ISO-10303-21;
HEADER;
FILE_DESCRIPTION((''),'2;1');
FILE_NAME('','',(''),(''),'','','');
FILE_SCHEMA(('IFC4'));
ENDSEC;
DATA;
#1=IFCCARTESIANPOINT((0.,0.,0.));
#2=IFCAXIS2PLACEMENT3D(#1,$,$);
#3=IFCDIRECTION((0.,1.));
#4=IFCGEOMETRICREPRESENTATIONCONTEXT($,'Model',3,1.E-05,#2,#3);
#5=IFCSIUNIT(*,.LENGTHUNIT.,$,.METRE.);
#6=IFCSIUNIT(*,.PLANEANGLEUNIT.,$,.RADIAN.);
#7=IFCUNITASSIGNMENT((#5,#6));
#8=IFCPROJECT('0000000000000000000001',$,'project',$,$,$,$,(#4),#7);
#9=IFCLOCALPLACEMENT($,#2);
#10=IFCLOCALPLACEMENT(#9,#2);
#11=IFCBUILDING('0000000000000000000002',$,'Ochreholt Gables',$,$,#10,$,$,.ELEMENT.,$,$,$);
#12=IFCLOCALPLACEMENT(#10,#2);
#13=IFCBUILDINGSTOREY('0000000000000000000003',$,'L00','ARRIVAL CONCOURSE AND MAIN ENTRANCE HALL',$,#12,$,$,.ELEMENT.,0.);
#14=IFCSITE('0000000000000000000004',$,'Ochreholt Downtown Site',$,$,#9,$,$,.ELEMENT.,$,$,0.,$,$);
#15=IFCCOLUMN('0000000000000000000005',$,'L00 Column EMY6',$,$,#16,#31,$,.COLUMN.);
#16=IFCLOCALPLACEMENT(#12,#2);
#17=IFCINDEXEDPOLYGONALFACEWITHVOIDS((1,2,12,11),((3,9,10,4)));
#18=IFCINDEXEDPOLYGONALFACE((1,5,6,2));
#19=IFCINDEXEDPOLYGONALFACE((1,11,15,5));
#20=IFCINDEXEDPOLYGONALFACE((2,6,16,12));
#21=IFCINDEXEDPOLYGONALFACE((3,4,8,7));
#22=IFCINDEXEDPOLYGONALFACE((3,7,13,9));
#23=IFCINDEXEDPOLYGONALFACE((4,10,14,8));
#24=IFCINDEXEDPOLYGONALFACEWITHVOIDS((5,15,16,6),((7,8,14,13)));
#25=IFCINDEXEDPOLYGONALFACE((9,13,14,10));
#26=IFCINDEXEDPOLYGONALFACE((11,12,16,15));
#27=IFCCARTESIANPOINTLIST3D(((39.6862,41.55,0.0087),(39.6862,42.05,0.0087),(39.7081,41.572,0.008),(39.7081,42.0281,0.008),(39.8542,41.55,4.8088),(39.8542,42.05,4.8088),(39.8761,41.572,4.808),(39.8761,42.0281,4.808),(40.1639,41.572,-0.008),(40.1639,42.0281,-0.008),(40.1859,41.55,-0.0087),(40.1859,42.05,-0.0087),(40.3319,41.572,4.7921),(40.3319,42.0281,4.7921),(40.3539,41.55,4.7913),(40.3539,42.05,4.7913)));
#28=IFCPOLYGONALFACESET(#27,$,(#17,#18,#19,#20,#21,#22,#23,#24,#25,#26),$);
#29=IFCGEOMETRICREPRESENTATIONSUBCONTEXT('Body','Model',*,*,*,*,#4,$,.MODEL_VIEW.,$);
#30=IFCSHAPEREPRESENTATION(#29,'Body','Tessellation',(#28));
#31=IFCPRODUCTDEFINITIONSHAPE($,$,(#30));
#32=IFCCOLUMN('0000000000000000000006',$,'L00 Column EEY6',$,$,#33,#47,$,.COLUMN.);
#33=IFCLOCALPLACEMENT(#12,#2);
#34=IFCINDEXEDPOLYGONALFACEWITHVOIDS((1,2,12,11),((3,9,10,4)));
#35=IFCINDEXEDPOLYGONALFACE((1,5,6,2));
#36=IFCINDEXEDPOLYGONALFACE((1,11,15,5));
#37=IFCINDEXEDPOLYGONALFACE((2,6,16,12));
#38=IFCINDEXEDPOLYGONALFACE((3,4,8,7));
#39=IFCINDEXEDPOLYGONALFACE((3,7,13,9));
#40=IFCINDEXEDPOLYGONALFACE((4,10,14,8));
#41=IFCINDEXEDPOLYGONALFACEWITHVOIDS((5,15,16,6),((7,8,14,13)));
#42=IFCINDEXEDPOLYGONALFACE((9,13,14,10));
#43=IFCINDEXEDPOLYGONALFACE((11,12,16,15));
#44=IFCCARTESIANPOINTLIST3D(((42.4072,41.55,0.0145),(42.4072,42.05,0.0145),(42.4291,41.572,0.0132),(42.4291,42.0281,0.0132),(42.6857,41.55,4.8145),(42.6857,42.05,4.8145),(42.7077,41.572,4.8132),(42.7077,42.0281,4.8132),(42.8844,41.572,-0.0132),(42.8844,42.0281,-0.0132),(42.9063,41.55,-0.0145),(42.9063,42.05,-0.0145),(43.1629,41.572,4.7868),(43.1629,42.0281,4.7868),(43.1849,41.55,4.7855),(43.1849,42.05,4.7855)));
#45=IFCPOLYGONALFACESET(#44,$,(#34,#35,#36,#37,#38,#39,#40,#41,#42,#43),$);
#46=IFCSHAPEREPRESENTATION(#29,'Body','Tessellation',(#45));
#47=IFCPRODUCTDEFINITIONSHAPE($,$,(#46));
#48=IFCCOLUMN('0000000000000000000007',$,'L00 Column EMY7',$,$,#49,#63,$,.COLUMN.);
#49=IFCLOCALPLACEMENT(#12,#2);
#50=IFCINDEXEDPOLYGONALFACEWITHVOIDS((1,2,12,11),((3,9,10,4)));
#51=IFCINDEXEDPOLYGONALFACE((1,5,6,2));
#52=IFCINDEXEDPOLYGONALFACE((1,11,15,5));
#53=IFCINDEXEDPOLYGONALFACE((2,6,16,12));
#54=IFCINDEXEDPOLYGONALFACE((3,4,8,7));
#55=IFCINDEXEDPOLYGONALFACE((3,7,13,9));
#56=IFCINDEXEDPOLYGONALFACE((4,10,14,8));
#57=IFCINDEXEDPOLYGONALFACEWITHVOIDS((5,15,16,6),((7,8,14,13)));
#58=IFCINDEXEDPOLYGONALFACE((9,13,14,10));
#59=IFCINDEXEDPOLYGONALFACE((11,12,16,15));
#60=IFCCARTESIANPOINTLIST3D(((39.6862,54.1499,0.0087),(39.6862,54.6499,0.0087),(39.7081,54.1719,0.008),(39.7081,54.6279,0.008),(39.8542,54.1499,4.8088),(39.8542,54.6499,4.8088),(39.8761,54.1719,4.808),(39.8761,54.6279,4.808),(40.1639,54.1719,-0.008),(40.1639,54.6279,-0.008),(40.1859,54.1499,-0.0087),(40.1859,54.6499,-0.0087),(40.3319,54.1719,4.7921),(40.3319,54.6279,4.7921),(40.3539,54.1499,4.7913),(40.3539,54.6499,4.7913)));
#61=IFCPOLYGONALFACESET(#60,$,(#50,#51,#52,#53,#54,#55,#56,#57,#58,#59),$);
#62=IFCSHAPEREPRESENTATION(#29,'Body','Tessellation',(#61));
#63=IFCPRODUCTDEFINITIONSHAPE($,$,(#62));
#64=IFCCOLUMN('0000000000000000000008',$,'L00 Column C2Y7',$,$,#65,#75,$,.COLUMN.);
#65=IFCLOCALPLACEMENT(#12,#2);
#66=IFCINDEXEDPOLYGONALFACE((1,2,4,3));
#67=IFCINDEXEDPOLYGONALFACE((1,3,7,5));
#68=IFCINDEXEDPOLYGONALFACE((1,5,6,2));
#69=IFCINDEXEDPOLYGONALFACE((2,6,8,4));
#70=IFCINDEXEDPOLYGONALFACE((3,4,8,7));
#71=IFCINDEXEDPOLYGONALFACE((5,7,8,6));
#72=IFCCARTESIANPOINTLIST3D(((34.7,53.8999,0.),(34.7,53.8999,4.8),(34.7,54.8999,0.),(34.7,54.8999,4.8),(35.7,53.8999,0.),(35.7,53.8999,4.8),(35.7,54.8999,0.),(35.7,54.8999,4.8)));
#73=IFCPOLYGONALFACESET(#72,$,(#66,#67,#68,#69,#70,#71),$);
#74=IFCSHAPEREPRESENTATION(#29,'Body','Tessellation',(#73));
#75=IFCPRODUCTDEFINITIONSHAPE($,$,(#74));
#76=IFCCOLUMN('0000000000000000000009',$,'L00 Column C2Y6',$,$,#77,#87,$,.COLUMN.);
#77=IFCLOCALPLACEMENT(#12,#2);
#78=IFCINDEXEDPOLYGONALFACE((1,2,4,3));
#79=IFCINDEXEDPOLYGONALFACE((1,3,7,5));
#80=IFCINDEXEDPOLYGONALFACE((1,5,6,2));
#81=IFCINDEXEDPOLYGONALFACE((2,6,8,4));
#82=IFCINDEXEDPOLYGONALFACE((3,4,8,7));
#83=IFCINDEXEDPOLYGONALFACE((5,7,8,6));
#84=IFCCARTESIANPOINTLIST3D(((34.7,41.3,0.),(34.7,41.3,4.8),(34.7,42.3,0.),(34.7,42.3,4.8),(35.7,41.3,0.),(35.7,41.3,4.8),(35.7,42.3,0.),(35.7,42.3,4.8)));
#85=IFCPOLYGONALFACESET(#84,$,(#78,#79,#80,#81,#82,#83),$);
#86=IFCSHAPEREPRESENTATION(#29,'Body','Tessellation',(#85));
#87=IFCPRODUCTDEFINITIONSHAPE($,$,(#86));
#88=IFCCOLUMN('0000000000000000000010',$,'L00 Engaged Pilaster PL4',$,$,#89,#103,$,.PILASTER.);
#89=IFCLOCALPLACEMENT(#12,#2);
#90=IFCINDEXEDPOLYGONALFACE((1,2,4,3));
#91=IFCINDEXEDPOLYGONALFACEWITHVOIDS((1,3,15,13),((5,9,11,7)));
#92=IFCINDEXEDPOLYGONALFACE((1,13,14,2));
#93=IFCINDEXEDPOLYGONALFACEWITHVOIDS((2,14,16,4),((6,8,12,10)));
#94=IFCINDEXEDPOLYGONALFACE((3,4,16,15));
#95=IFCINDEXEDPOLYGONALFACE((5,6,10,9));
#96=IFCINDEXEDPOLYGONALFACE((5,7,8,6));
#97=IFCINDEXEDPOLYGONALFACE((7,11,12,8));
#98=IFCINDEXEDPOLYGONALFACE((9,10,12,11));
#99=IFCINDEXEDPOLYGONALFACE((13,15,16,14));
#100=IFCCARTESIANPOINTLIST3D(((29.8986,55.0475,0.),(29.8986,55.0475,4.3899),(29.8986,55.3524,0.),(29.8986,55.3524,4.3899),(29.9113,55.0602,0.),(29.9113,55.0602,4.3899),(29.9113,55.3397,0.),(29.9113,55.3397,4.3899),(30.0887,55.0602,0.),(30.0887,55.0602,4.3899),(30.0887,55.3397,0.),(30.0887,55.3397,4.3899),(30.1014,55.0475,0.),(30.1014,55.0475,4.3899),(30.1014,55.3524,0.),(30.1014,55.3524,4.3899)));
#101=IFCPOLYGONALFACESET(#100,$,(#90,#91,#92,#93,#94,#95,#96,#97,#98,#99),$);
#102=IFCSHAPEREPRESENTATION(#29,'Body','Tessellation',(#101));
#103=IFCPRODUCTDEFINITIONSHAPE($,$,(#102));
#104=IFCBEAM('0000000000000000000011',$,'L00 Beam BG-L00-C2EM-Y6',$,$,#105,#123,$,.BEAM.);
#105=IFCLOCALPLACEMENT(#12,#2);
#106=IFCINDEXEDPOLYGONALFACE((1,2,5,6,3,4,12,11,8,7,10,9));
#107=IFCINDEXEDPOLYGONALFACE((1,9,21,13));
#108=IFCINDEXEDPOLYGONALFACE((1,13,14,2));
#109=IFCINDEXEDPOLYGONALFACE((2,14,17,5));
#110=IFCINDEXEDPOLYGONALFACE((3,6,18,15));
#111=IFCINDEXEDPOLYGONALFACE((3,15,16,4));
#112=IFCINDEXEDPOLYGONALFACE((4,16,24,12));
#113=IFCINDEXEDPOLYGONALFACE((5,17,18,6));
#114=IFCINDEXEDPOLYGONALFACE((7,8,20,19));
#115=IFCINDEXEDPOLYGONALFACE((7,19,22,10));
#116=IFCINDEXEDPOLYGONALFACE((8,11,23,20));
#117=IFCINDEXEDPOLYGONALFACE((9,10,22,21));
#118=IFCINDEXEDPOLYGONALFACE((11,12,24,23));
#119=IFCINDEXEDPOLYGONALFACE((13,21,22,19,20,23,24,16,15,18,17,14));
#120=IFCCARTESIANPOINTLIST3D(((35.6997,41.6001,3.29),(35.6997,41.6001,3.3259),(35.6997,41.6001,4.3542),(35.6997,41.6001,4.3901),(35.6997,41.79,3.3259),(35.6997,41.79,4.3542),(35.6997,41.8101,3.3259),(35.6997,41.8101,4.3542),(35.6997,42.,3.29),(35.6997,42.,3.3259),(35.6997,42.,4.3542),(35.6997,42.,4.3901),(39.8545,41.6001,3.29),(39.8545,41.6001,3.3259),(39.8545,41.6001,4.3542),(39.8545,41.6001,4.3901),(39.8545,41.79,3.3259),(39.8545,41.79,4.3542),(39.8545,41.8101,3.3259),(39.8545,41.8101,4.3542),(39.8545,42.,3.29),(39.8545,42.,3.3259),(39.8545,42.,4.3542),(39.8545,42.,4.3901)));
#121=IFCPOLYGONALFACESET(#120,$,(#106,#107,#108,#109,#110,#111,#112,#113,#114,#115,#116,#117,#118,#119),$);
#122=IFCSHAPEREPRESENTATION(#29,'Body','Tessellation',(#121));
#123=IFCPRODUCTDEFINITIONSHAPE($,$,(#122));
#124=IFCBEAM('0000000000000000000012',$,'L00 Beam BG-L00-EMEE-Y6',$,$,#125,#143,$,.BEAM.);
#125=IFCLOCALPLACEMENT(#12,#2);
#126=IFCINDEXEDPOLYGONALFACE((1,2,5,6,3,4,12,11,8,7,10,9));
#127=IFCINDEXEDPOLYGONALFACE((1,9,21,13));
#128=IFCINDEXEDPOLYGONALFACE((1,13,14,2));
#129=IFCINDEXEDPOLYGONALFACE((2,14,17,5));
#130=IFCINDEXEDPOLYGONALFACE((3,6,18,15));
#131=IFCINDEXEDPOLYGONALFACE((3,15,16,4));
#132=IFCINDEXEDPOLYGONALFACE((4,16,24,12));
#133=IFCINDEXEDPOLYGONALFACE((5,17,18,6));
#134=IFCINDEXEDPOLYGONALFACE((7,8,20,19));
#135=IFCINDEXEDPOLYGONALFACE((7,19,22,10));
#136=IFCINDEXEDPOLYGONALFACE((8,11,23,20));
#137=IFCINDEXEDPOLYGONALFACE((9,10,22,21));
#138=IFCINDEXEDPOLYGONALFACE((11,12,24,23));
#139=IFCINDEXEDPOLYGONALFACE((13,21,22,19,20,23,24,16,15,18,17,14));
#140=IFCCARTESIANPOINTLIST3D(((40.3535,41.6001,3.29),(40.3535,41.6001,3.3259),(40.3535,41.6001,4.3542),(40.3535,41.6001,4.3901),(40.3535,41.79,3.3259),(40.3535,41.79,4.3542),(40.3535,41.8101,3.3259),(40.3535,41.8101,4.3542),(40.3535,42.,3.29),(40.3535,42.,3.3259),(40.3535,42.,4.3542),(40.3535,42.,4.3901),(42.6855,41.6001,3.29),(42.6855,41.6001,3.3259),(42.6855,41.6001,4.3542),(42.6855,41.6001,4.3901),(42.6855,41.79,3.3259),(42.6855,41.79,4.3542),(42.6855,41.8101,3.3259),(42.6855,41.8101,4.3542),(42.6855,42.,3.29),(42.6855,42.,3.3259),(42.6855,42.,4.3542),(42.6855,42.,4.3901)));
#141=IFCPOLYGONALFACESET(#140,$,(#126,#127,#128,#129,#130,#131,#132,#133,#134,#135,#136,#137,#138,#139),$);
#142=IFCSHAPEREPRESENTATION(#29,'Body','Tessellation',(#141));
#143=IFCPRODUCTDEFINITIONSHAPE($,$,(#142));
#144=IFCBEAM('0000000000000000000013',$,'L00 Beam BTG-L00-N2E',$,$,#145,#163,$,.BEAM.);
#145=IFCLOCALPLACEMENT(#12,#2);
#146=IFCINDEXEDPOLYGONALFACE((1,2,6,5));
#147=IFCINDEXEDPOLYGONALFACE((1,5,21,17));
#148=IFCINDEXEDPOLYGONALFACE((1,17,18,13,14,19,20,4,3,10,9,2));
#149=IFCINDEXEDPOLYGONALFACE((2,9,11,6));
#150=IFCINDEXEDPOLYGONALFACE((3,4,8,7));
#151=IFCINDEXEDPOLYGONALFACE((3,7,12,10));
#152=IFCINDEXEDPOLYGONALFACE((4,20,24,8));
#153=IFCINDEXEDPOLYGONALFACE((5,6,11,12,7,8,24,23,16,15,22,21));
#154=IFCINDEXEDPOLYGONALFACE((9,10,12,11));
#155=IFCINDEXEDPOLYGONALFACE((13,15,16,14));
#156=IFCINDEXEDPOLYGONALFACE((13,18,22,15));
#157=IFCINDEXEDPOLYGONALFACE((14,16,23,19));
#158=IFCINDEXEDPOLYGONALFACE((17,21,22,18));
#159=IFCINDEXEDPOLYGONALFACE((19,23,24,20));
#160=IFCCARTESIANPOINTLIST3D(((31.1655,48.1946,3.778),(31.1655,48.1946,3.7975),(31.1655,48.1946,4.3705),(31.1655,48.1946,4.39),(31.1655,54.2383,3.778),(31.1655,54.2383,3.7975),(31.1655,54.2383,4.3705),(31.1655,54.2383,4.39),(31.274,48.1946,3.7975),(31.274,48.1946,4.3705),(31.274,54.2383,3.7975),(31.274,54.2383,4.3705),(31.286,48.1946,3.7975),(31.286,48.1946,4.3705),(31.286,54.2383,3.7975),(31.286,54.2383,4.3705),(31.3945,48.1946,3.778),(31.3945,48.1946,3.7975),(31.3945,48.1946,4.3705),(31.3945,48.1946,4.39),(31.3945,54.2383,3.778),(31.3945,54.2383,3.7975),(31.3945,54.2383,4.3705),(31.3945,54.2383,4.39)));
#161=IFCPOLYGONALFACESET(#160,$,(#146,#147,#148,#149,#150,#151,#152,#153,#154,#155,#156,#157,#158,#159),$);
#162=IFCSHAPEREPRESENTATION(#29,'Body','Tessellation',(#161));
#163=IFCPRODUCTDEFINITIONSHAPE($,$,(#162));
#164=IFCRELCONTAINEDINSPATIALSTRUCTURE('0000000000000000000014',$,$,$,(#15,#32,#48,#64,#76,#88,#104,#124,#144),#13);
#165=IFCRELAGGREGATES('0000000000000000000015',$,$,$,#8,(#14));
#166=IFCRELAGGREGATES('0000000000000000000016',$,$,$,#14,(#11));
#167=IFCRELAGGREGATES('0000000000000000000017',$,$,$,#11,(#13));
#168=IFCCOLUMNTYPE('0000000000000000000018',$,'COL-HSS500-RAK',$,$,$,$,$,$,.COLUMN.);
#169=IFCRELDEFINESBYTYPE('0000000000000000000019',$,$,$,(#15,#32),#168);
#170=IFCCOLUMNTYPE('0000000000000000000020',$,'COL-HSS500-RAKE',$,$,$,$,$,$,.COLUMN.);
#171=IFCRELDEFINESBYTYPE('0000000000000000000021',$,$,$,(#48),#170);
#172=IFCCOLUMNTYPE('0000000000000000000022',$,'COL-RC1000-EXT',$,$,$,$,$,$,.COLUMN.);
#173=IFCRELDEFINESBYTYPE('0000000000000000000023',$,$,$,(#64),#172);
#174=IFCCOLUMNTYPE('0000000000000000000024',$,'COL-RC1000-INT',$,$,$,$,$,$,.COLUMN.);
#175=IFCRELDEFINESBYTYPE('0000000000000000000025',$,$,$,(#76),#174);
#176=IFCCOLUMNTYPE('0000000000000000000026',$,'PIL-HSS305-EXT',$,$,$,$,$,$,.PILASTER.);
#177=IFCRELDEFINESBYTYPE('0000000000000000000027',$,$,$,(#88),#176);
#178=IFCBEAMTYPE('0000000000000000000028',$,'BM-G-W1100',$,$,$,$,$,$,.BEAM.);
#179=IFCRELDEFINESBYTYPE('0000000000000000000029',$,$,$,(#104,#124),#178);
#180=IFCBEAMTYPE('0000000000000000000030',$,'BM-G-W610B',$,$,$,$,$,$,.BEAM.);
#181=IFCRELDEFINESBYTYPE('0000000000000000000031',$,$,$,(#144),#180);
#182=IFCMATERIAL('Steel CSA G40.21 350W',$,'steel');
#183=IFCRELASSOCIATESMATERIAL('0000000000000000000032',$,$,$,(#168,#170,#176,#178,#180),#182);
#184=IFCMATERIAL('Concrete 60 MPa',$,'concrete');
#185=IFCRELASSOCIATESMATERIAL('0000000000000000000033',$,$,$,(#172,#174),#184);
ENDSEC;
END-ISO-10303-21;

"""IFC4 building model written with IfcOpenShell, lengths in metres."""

from ifc_helpers import new_model, si_unit, direction, frame, origin, origin_2d, place, context, subcontext, project, spatial, rectangle, hollow_rectangle, i_section, extrude, material, material_profile, profile_set, type_object, element, save


model = new_model("IFC4")

# Units and contexts
model_context = context("Model", 3, precision=1e-05, world=origin(), true_north=direction((0.0, 1.0)))
body_context = subcontext(model_context, "Body", "Model", "MODEL_VIEW")
ifc_project = project(units=[si_unit("LENGTHUNIT", "METRE"), si_unit("PLANEANGLEUNIT", "RADIAN")], contexts=[model_context])

# Site, building, storey
site_placement = place(None, origin())
site = spatial("IfcSite", under=ifc_project, at=site_placement, Name="Ochreholt Downtown Site", CompositionType="ELEMENT", RefElevation=0.0)
building_placement = place(site_placement, origin())
building = spatial("IfcBuilding", under=site, at=building_placement, Name="Ochreholt Gables", CompositionType="ELEMENT")
storey_placement = place(building_placement, origin())
storey = spatial("IfcBuildingStorey", under=building, at=storey_placement, Name="L00", Description="ARRIVAL CONCOURSE AND MAIN ENTRANCE HALL", CompositionType="ELEMENT", Elevation=0.0)

# Columns
ifc_material_1 = material(Name="Steel CSA G40.21 350W", Category="steel")
ifc_material_profile_1 = material_profile(ifc_material_1, hollow_rectangle(XDim=0.5, YDim=0.5, WallThickness=0.022, at=origin_2d()), Name="HSS500X500X22")
ifc_profile_set_1 = profile_set([ifc_material_profile_1], Name="Steel CSA G40.21 350W")
column_type_1 = type_object("IfcColumnType", Name="COL-HSS500-RAK", PredefinedType="COLUMN", material=ifc_profile_set_1)
column_1_placement = place(storey_placement, frame((39.936, 41.8, 0.0), z_axis=(0.034972, 0.0, 0.999388), x_axis=(0.0, 1.0, 0.0)))
element("IfcColumn", 1, at=column_1_placement, inside=storey, type_object=column_type_1, Name="L00 Column EMY6", PredefinedType="COLUMN", context=body_context, shape_type="SweptSolid", body=[
    extrude(hollow_rectangle(XDim=0.5, YDim=0.5, WallThickness=0.022, at=origin_2d()), origin(), (0.0, 0.0, 1.0), 4.803),
])
column_2_placement = place(storey_placement, frame((42.6567, 41.8, 0.0), z_axis=(0.057936, 0.0, 0.99832), x_axis=(0.0, 1.0, 0.0)))
element("IfcColumn", 2, at=column_2_placement, inside=storey, type_object=column_type_1, Name="L00 Column EEY6", PredefinedType="COLUMN", context=body_context, shape_type="SweptSolid", body=[
    extrude(hollow_rectangle(XDim=0.5, YDim=0.5, WallThickness=0.022, at=origin_2d()), origin(), (0.0, 0.0, 1.0), 4.8081),
])
ifc_material_profile_2 = material_profile(ifc_material_1, hollow_rectangle(XDim=0.5, YDim=0.5, WallThickness=0.022, at=origin_2d()), Name="HSS500X500X22")
ifc_profile_set_2 = profile_set([ifc_material_profile_2], Name="Steel CSA G40.21 350W")
column_type_2 = type_object("IfcColumnType", Name="COL-HSS500-RAKE", PredefinedType="COLUMN", material=ifc_profile_set_2)
column_3_placement = place(storey_placement, frame((39.936, 54.3999, 0.0), z_axis=(0.034972, 0.0, 0.999388), x_axis=(0.0, 1.0, 0.0)))
element("IfcColumn", 3, at=column_3_placement, inside=storey, type_object=column_type_2, Name="L00 Column EMY7", PredefinedType="COLUMN", context=body_context, shape_type="SweptSolid", body=[
    extrude(hollow_rectangle(XDim=0.5, YDim=0.5, WallThickness=0.022, at=origin_2d()), origin(), (0.0, 0.0, 1.0), 4.803),
])
ifc_material_2 = material(Name="Concrete 60 MPa", Category="concrete")
ifc_material_profile_3 = material_profile(ifc_material_2, rectangle(XDim=1.0, YDim=1.0, at=origin_2d()), Name="RC1000X1000")
ifc_profile_set_3 = profile_set([ifc_material_profile_3], Name="Concrete 60 MPa")
column_type_3 = type_object("IfcColumnType", Name="COL-RC1000-EXT", PredefinedType="COLUMN", material=ifc_profile_set_3)
column_4_placement = place(storey_placement, frame((35.2, 54.3999, 0.0), z_axis=(0.0, 0.0, 1.0), x_axis=(1.0, 0.0, 0.0)))
element("IfcColumn", 4, at=column_4_placement, inside=storey, type_object=column_type_3, Name="L00 Column C2Y7", PredefinedType="COLUMN", context=body_context, shape_type="SweptSolid", body=[
    extrude(rectangle(XDim=1.0, YDim=1.0, at=origin_2d()), origin(), (0.0, 0.0, 1.0), 4.8),
])
ifc_material_profile_4 = material_profile(ifc_material_2, rectangle(XDim=1.0, YDim=1.0, at=origin_2d()), Name="RC1000X1000")
ifc_profile_set_4 = profile_set([ifc_material_profile_4], Name="Concrete 60 MPa")
column_type_4 = type_object("IfcColumnType", Name="COL-RC1000-INT", PredefinedType="COLUMN", material=ifc_profile_set_4)
column_5_placement = place(storey_placement, frame((35.2, 41.8, 0.0), z_axis=(0.0, 0.0, 1.0), x_axis=(1.0, 0.0, 0.0)))
element("IfcColumn", 5, at=column_5_placement, inside=storey, type_object=column_type_4, Name="L00 Column C2Y6", PredefinedType="COLUMN", context=body_context, shape_type="SweptSolid", body=[
    extrude(rectangle(XDim=1.0, YDim=1.0, at=origin_2d()), origin(), (0.0, 0.0, 1.0), 4.8),
])
ifc_material_profile_5 = material_profile(ifc_material_1, hollow_rectangle(XDim=0.2029, YDim=0.3049, WallThickness=0.0127, at=origin_2d()), Name="HSS305X203X13")
ifc_profile_set_5 = profile_set([ifc_material_profile_5], Name="Steel CSA G40.21 350W")
column_type_5 = type_object("IfcColumnType", Name="PIL-HSS305-EXT", PredefinedType="PILASTER", material=ifc_profile_set_5)
column_6_placement = place(storey_placement, frame((30.0, 55.2, 0.0), z_axis=(0.0, 0.0, 1.0), x_axis=(1.0, 0.0, 0.0)))
element("IfcColumn", 6, at=column_6_placement, inside=storey, type_object=column_type_5, Name="L00 Engaged Pilaster PL4", PredefinedType="PILASTER", context=body_context, shape_type="SweptSolid", body=[
    extrude(hollow_rectangle(XDim=0.2029, YDim=0.3049, WallThickness=0.0127, at=origin_2d()), origin(), (0.0, 0.0, 1.0), 4.3899),
])

# Beams
ifc_material_profile_6 = material_profile(ifc_material_1, i_section(OverallWidth=0.3999, OverallDepth=1.1001, WebThickness=0.02, FlangeThickness=0.0359, at=origin_2d()), Name="W1100X390")
ifc_profile_set_6 = profile_set([ifc_material_profile_6], Name="Steel CSA G40.21 350W")
beam_type_1 = type_object("IfcBeamType", Name="BM-G-W1100", PredefinedType="BEAM", material=ifc_profile_set_6)
beam_1_placement = place(storey_placement, frame((35.6997, 41.8, 3.8401), z_axis=(1.0, 0.0, 0.0), x_axis=(0.0, 1.0, 0.0)))
element("IfcBeam", 7, at=beam_1_placement, inside=storey, type_object=beam_type_1, Name="L00 Beam BG-L00-C2EM-Y6", PredefinedType="BEAM", context=body_context, shape_type="SweptSolid", body=[
    extrude(i_section(OverallWidth=0.3999, OverallDepth=1.1001, WebThickness=0.02, FlangeThickness=0.0359, at=origin_2d()), origin(), (0.0, 0.0, 1.0), 4.1548),
])
beam_2_placement = place(storey_placement, frame((40.3535, 41.8, 3.8401), z_axis=(1.0, 0.0, 0.0), x_axis=(0.0, 1.0, 0.0)))
element("IfcBeam", 8, at=beam_2_placement, inside=storey, type_object=beam_type_1, Name="L00 Beam BG-L00-EMEE-Y6", PredefinedType="BEAM", context=body_context, shape_type="SweptSolid", body=[
    extrude(i_section(OverallWidth=0.3999, OverallDepth=1.1001, WebThickness=0.02, FlangeThickness=0.0359, at=origin_2d()), origin(), (0.0, 0.0, 1.0), 2.332),
])
ifc_material_profile_7 = material_profile(ifc_material_1, i_section(OverallWidth=0.229, OverallDepth=0.6121, WebThickness=0.012, FlangeThickness=0.0195, at=origin_2d()), Name="W610X125")
ifc_profile_set_7 = profile_set([ifc_material_profile_7], Name="Steel CSA G40.21 350W")
beam_type_2 = type_object("IfcBeamType", Name="BM-G-W610B", PredefinedType="BEAM", material=ifc_profile_set_7)
beam_3_placement = place(storey_placement, frame((31.28, 48.1946, 4.084), z_axis=(0.0, 1.0, 0.0), x_axis=(-1.0, 0.0, 0.0)))
element("IfcBeam", 9, at=beam_3_placement, inside=storey, type_object=beam_type_2, Name="L00 Beam BTG-L00-N2E", PredefinedType="BEAM", context=body_context, shape_type="SweptSolid", body=[
    extrude(i_section(OverallWidth=0.229, OverallDepth=0.6121, WebThickness=0.012, FlangeThickness=0.0195, at=origin_2d()), origin(), (0.0, 0.0, 1.0), 6.0437),
])

save(model, "model.ifc")
